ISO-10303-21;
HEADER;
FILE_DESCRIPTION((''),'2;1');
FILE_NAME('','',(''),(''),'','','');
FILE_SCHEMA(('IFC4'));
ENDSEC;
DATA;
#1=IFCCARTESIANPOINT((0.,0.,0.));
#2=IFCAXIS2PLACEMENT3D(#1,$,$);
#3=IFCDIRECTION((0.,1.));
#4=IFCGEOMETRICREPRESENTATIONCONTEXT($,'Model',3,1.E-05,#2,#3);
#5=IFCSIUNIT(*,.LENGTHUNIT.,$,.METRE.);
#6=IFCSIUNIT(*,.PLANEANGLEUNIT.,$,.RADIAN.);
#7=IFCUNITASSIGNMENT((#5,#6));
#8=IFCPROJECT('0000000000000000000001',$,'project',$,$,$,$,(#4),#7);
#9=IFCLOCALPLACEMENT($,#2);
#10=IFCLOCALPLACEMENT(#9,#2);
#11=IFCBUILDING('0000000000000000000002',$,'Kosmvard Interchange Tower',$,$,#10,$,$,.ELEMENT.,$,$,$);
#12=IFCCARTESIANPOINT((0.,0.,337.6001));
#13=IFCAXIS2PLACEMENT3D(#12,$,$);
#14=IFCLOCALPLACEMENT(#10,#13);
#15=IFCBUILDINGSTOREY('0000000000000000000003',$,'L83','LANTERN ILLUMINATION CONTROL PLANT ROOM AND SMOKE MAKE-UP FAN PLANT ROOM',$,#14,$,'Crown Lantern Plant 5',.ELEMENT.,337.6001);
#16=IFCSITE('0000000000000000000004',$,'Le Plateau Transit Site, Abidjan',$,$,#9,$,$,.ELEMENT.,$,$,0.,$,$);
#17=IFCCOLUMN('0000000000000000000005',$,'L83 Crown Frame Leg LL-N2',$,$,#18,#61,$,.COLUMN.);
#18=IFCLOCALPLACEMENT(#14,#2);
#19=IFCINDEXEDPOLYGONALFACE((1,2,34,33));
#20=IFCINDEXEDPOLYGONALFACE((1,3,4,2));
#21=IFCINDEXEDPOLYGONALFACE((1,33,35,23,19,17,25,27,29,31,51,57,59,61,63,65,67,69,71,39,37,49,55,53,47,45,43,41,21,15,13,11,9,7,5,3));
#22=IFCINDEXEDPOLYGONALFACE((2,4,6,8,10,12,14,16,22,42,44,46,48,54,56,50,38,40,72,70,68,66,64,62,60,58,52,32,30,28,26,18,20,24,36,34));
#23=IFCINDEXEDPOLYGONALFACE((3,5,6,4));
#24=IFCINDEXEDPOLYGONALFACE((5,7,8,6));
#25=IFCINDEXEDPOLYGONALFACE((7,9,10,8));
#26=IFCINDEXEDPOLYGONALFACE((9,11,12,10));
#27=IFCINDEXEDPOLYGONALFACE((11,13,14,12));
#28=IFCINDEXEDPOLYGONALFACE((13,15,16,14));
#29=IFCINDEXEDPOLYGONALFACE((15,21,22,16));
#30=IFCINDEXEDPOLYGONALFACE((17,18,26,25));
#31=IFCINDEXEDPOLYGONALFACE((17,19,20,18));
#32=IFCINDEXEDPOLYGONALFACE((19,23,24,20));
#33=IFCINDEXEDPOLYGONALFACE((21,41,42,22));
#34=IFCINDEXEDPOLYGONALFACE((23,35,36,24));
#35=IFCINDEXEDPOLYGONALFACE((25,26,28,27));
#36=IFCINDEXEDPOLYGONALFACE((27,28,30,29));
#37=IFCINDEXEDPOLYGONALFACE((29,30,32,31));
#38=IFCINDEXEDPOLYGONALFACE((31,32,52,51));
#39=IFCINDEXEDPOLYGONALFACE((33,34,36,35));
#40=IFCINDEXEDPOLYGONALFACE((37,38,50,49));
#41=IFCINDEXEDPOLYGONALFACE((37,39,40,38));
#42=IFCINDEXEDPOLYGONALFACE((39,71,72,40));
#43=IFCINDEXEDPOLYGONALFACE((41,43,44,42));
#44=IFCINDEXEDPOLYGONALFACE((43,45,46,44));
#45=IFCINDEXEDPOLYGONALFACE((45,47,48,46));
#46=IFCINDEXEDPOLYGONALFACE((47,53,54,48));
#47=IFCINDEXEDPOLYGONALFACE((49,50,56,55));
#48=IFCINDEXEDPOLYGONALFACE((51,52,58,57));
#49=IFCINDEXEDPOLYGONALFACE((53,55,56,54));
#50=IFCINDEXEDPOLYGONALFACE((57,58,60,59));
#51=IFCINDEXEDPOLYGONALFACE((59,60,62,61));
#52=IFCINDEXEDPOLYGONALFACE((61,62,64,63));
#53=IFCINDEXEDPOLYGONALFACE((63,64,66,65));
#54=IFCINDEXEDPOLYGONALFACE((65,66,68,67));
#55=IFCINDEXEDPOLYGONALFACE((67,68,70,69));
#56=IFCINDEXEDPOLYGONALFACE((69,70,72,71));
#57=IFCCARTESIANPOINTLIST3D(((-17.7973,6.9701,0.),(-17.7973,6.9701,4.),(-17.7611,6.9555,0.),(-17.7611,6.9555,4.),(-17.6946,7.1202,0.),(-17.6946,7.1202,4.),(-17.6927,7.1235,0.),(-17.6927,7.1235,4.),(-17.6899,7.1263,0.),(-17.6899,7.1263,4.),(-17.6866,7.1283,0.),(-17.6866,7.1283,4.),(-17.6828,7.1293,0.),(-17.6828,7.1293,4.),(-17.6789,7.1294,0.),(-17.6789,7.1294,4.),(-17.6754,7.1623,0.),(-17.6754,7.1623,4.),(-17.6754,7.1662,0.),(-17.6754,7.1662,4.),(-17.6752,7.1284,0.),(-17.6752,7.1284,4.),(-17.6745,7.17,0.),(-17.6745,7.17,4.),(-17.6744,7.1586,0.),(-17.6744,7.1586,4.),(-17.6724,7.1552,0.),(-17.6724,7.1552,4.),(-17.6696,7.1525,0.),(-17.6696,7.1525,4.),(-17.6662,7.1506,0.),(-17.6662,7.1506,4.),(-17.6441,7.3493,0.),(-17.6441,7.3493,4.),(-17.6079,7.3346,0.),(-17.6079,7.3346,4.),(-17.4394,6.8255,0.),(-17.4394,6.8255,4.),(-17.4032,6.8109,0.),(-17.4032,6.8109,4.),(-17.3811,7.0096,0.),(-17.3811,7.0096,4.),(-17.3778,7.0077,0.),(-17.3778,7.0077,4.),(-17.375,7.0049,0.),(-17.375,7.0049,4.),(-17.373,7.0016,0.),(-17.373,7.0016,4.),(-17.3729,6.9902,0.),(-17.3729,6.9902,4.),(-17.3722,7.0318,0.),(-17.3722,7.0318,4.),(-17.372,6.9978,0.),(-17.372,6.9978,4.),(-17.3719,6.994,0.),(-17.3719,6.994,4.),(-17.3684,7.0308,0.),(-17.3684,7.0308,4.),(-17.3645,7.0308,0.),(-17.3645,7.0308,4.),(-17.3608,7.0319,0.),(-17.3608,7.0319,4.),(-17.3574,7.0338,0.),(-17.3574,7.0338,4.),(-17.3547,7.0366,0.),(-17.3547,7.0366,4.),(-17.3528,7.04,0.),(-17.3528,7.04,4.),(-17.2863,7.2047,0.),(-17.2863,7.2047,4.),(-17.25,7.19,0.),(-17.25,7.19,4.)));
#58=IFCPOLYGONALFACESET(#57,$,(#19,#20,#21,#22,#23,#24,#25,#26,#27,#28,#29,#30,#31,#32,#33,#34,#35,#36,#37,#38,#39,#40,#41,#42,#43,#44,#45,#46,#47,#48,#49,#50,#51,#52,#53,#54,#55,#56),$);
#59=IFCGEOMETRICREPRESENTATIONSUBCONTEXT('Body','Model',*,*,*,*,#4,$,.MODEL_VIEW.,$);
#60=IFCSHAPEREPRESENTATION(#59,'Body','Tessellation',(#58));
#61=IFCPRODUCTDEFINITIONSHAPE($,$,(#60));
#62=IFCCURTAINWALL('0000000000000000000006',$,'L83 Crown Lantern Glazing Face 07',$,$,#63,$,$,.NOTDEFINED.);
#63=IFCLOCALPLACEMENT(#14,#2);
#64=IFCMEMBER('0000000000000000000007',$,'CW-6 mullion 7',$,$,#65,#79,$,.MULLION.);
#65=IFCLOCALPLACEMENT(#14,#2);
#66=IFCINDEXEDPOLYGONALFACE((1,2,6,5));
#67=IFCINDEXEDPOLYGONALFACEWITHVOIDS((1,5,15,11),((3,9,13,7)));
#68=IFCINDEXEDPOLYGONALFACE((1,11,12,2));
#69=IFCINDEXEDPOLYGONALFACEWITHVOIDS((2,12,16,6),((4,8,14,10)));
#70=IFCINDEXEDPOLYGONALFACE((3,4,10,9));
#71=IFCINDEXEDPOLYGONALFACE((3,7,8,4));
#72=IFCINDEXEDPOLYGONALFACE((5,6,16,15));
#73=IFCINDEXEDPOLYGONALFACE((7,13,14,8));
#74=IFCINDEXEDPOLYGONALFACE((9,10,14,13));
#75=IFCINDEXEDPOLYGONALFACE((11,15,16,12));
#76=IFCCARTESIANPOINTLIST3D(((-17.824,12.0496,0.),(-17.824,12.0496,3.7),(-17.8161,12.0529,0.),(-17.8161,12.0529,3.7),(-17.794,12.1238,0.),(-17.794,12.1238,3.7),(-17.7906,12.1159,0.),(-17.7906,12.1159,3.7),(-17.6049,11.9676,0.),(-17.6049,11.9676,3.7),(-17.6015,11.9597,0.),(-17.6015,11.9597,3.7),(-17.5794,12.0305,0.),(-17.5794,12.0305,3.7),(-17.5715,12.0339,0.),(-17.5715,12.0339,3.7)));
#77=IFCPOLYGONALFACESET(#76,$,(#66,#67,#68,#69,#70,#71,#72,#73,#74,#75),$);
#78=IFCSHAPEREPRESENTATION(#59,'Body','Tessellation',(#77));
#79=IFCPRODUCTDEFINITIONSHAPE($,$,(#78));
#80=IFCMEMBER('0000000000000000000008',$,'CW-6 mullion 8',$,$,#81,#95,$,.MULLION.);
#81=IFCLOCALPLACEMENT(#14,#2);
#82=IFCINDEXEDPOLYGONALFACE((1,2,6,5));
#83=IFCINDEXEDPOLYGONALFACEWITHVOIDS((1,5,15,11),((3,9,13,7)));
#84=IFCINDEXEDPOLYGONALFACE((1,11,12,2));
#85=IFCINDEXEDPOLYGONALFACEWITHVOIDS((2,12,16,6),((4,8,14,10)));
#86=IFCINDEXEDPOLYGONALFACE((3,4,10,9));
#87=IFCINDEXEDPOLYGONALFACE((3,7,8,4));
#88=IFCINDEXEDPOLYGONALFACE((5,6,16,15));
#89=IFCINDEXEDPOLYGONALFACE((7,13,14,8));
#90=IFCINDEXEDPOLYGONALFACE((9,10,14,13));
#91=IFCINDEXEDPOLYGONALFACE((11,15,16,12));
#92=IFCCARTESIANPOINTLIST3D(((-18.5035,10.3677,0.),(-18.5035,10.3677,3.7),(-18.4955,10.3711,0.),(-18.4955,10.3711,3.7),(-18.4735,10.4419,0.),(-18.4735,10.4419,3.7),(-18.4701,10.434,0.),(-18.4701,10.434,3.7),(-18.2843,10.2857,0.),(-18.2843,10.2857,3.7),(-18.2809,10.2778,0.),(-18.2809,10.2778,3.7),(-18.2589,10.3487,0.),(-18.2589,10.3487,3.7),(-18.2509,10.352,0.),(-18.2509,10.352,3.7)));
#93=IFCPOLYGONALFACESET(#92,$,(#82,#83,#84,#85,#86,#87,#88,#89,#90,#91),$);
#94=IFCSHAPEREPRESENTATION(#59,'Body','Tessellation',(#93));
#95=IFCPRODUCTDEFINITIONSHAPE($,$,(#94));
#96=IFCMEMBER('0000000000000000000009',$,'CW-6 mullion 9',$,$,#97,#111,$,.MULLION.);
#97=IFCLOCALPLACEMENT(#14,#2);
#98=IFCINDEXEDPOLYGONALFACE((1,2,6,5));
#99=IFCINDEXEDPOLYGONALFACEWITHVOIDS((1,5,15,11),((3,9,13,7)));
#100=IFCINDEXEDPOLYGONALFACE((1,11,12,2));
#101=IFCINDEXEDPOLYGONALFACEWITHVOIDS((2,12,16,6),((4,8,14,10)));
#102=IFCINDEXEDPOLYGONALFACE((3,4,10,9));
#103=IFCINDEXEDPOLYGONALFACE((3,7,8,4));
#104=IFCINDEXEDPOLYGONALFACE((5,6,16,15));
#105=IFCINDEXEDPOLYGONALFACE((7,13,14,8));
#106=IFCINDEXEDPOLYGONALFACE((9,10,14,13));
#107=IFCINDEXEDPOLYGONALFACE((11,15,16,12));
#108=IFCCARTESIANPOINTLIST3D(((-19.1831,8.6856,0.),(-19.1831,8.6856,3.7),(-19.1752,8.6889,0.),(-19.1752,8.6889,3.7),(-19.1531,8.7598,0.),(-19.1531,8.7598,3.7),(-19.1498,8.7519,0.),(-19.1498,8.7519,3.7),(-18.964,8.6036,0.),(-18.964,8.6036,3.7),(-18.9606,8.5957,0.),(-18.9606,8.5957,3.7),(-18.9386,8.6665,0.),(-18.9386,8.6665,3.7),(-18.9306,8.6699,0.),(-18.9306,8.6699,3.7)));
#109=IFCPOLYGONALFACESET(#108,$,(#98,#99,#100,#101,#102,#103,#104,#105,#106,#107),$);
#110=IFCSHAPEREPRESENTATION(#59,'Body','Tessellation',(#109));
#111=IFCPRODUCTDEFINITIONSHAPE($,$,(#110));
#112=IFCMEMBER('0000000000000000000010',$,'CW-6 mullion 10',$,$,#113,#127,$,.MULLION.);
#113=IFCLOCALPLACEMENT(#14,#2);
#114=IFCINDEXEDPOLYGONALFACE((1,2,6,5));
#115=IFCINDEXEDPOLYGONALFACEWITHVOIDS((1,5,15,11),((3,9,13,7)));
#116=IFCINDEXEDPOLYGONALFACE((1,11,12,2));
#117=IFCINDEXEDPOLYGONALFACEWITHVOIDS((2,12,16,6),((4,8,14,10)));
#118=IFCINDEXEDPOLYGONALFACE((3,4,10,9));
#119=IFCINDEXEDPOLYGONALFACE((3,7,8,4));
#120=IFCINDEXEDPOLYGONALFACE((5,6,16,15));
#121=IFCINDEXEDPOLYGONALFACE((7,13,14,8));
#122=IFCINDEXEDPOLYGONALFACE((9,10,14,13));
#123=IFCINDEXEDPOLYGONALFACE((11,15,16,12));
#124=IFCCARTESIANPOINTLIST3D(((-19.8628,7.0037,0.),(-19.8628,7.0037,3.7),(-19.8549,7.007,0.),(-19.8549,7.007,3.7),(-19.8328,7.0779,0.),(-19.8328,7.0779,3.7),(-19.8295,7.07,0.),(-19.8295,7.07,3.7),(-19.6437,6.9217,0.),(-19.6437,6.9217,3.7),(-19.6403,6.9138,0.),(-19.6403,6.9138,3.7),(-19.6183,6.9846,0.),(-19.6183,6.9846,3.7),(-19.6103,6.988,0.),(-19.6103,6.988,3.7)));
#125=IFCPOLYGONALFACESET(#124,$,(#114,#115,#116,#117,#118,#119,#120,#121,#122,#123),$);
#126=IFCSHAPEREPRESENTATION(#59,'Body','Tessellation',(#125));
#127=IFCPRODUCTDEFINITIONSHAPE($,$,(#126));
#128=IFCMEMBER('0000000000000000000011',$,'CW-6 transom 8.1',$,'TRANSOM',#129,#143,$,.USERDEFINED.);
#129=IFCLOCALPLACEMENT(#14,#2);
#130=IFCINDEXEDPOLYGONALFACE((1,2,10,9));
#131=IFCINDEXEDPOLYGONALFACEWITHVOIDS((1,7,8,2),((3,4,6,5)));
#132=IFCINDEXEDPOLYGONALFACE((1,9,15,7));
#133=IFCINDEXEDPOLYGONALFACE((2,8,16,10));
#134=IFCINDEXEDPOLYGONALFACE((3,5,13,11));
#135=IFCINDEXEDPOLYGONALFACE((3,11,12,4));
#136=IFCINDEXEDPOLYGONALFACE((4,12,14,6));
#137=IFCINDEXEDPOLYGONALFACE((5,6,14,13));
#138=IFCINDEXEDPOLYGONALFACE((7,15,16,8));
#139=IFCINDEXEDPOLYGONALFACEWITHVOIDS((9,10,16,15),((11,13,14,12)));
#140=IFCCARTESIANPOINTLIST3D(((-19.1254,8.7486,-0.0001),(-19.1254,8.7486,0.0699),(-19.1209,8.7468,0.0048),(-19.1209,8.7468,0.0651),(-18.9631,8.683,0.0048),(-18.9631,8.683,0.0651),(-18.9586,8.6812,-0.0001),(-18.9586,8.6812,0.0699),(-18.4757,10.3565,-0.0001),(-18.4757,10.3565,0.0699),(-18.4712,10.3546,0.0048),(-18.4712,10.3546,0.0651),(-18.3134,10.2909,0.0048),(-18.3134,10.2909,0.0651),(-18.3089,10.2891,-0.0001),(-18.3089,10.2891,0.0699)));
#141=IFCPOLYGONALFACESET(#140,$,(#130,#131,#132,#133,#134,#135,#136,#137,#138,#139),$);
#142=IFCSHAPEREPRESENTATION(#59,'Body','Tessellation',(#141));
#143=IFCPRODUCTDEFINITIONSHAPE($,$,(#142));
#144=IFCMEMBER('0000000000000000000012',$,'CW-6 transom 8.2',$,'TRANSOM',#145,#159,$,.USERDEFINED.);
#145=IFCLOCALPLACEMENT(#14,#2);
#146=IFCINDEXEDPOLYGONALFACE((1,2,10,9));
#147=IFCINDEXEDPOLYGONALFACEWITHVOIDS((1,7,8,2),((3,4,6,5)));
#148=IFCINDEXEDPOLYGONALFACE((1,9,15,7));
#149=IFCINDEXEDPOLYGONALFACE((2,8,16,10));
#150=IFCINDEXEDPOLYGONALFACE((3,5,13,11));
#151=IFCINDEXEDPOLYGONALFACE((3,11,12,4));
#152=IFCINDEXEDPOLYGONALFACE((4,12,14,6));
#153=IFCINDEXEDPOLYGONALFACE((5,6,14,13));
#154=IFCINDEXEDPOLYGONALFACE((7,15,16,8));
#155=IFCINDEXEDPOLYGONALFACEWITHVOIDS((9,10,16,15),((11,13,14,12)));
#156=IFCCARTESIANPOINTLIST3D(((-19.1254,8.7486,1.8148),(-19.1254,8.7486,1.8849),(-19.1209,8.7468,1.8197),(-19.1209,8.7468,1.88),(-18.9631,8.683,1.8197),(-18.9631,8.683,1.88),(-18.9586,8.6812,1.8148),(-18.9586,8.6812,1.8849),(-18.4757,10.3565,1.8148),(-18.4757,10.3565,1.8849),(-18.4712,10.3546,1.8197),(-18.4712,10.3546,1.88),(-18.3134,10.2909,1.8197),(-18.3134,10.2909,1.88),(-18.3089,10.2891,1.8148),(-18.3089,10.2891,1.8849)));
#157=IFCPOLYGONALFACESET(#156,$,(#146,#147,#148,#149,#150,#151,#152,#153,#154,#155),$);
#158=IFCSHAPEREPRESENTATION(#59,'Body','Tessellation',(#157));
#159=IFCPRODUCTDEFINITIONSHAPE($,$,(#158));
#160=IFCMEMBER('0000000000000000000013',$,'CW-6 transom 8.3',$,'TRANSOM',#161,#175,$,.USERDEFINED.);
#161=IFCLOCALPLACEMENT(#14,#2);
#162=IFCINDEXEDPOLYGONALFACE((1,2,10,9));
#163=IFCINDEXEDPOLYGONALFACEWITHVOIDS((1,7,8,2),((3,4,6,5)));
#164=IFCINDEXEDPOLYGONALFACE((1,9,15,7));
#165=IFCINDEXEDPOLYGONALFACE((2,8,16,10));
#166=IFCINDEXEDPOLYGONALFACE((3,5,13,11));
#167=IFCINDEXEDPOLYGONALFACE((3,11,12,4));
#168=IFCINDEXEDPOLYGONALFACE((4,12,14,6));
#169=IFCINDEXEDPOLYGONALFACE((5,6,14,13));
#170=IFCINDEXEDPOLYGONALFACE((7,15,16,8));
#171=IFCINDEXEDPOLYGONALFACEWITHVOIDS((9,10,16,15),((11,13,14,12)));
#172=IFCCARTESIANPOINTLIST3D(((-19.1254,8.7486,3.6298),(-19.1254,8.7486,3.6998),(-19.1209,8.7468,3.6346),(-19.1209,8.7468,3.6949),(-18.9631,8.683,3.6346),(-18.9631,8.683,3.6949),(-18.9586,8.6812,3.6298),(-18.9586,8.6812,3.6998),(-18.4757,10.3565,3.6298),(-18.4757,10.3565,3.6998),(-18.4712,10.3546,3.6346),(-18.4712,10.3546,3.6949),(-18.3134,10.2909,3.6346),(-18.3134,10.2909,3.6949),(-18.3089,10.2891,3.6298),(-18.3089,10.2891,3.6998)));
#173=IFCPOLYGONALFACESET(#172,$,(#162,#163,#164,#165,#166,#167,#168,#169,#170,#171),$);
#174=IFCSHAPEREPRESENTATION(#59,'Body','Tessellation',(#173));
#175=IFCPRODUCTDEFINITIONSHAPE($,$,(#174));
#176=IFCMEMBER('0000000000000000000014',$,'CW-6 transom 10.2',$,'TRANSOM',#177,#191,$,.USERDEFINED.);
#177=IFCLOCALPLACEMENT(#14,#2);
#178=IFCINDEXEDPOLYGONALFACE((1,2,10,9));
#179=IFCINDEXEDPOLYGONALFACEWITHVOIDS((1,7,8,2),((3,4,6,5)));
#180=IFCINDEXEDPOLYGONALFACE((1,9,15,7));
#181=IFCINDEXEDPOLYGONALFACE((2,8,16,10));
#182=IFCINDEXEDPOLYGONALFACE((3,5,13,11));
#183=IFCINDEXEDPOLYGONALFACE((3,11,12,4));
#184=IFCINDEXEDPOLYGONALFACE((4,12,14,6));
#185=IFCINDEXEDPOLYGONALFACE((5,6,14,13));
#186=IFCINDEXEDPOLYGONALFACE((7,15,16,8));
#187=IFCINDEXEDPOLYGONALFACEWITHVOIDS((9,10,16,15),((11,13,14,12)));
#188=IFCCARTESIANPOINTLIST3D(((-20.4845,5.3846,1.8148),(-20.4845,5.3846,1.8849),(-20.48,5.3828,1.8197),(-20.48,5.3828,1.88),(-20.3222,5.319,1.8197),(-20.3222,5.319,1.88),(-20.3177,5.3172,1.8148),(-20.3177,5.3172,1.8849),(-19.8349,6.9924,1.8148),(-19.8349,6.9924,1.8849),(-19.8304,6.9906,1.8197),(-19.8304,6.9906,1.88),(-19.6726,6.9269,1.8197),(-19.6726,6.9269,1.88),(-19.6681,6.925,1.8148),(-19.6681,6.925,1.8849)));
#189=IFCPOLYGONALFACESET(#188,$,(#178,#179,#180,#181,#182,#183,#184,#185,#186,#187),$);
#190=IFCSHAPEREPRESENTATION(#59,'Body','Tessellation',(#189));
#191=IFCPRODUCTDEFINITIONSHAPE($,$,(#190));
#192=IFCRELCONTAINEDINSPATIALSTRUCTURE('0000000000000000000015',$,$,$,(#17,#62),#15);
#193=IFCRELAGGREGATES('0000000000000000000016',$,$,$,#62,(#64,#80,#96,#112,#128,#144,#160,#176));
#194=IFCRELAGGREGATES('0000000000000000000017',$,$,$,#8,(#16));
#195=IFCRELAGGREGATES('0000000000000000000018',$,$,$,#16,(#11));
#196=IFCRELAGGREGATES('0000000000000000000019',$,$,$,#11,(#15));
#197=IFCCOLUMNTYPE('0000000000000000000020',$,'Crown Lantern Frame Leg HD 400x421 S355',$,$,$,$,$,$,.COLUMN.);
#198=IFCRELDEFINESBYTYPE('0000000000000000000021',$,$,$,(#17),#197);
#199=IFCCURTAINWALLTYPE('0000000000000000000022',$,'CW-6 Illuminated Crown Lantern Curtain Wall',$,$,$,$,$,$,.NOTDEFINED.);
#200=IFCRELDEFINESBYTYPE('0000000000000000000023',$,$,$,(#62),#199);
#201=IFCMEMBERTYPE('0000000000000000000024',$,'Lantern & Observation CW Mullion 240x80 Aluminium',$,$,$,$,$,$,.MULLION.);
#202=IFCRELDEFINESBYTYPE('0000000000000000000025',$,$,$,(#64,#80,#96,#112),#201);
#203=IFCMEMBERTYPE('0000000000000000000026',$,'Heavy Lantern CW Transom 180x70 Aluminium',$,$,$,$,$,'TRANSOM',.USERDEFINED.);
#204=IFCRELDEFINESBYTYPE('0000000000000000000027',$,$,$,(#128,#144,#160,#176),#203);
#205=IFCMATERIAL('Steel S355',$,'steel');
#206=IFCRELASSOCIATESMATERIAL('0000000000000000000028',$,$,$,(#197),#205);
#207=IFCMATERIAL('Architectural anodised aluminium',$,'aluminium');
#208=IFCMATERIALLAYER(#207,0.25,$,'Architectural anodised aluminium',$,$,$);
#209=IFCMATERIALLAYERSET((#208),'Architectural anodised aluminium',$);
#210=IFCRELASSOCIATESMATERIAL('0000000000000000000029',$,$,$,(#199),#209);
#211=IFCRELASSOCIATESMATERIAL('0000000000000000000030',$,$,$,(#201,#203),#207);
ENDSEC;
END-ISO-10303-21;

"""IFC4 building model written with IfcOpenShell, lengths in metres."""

from ifc_helpers import new_model, si_unit, direction, frame, origin, origin_2d, place, context, subcontext, project, spatial, hollow_rectangle, i_section, extrude, source, transform, mapped, material, layer, layer_set, material_profile, profile_set, type_object, element, aggregate, save


model = new_model("IFC4")

# Units and contexts
model_context = context("Model", 3, precision=1e-05, world=origin(), true_north=direction((0.0, 1.0)))
body_context = subcontext(model_context, "Body", "Model", "MODEL_VIEW")
ifc_project = project(units=[si_unit("LENGTHUNIT", "METRE"), si_unit("PLANEANGLEUNIT", "RADIAN")], contexts=[model_context])

# Site, building, storey
site_placement = place(None, origin())
site = spatial("IfcSite", under=ifc_project, at=site_placement, Name="Le Plateau Transit Site, Abidjan", CompositionType="ELEMENT", RefElevation=0.0)
building_placement = place(site_placement, origin())
building = spatial("IfcBuilding", under=site, at=building_placement, Name="Kosmvard Interchange Tower", CompositionType="ELEMENT")
storey_placement = place(building_placement, frame((0.0, 0.0, 337.6001)))
storey = spatial("IfcBuildingStorey", under=building, at=storey_placement, Name="L83", Description="LANTERN ILLUMINATION CONTROL PLANT ROOM AND SMOKE MAKE-UP FAN PLANT ROOM", LongName="Crown Lantern Plant 5", CompositionType="ELEMENT", Elevation=337.6001)

# Column
ifc_material_1 = material(Name="Steel S355", Category="steel")
ifc_material_profile_1 = material_profile(ifc_material_1, i_section(OverallWidth=0.4089, OverallDepth=0.425, WebThickness=0.0239, FlangeThickness=0.0391, FilletRadius=0.0149, at=origin_2d()), Name="HD 400x421")
ifc_profile_set_1 = profile_set([ifc_material_profile_1], Name="Steel S355")
column_type = type_object("IfcColumnType", Name="Crown Lantern Frame Leg HD 400x421 S355", PredefinedType="COLUMN", material=ifc_profile_set_1)
shared_shape_1 = source(origin(), body_context, "Body", "SweptSolid", [
    extrude(i_section(OverallWidth=0.4089, OverallDepth=0.425, WebThickness=0.0239, FlangeThickness=0.0391, FilletRadius=0.0149, at=origin_2d()), origin(), (0.0, 0.0, 1.0), 4.0),
])
column_placement = place(storey_placement, frame((-17.5237, 7.0801, 0.0), z_axis=(0.0, 0.0, 1.0), x_axis=(0.374607, 0.927184, 0.0)))
element("IfcColumn", 1, at=column_placement, inside=storey, type_object=column_type, Name="L83 Crown Frame Leg LL-N2", PredefinedType="COLUMN", context=body_context, shape_type="MappedRepresentation", body=[
    mapped(shared_shape_1, transform((0.0, 0.0, 0.0), scale=1.0)),
])

# Curtain wall, members
ifc_material_2 = material(Name="Architectural anodised aluminium", Category="aluminium")
ifc_layer_1 = layer(ifc_material_2, 0.25, Name="Architectural anodised aluminium")
ifc_layer_set_1 = layer_set([ifc_layer_1], Name="Architectural anodised aluminium")
curtain_wall_type = type_object("IfcCurtainWallType", Name="CW-6 Illuminated Crown Lantern Curtain Wall", PredefinedType="NOTDEFINED", material=ifc_layer_set_1)
curtain_wall_placement = place(storey_placement, origin())
curtain_wall = element("IfcCurtainWall", 2, at=curtain_wall_placement, inside=storey, type_object=curtain_wall_type, Name="L83 Crown Lantern Glazing Face 07", PredefinedType="NOTDEFINED")
ifc_material_profile_2 = material_profile(ifc_material_2, hollow_rectangle(XDim=0.24, YDim=0.0801, WallThickness=0.0061, at=origin_2d()), Name="CWM 240x80x6")
ifc_profile_set_2 = profile_set([ifc_material_profile_2], Name="Architectural anodised aluminium")
member_type_1 = type_object("IfcMemberType", Name="Lantern & Observation CW Mullion 240x80 Aluminium", PredefinedType="MULLION", material=ifc_profile_set_2)
shared_shape_2 = source(origin(), body_context, "Body", "SweptSolid", [
    extrude(hollow_rectangle(XDim=0.24, YDim=0.0801, WallThickness=0.0061, at=origin_2d()), origin(), (0.0, 0.0, 1.0), 3.7),
])
member_1_placement = place(storey_placement, frame((-17.6978, 12.0417, 0.0), z_axis=(0.0, 0.0, 1.0), x_axis=(0.927184, -0.374607, 0.0)))
member_1 = element("IfcMember", 3, at=member_1_placement, type_object=member_type_1, Name="CW-6 mullion 7", PredefinedType="MULLION", context=body_context, shape_type="MappedRepresentation", body=[
    mapped(shared_shape_2, transform((0.0, 0.0, 0.0), scale=1.0)),
])
member_2_placement = place(storey_placement, frame((-18.3772, 10.3599, 0.0), z_axis=(0.0, 0.0, 1.0), x_axis=(0.927184, -0.374607, 0.0)))
member_2 = element("IfcMember", 4, at=member_2_placement, type_object=member_type_1, Name="CW-6 mullion 8", PredefinedType="MULLION", context=body_context, shape_type="MappedRepresentation", body=[
    mapped(shared_shape_2, transform((0.0, 0.0, 0.0), scale=1.0)),
])
member_3_placement = place(storey_placement, frame((-19.0569, 8.6777, 0.0), z_axis=(0.0, 0.0, 1.0), x_axis=(0.927184, -0.374607, 0.0)))
member_3 = element("IfcMember", 5, at=member_3_placement, type_object=member_type_1, Name="CW-6 mullion 9", PredefinedType="MULLION", context=body_context, shape_type="MappedRepresentation", body=[
    mapped(shared_shape_2, transform((0.0, 0.0, 0.0), scale=1.0)),
])
member_4_placement = place(storey_placement, frame((-19.7366, 6.9958, 0.0), z_axis=(0.0, 0.0, 1.0), x_axis=(0.927184, -0.374607, 0.0)))
member_4 = element("IfcMember", 6, at=member_4_placement, type_object=member_type_1, Name="CW-6 mullion 10", PredefinedType="MULLION", context=body_context, shape_type="MappedRepresentation", body=[
    mapped(shared_shape_2, transform((0.0, 0.0, 0.0), scale=1.0)),
])
ifc_material_profile_3 = material_profile(ifc_material_2, hollow_rectangle(XDim=0.1799, YDim=0.0701, WallThickness=0.0049, at=origin_2d()), Name="CWT 180x70x5")
ifc_profile_set_3 = profile_set([ifc_material_profile_3], Name="Architectural anodised aluminium")
member_type_2 = type_object("IfcMemberType", Name="Heavy Lantern CW Transom 180x70 Aluminium", ElementType="TRANSOM", PredefinedType="USERDEFINED", material=ifc_profile_set_3)
shared_shape_3 = source(origin(), body_context, "Body", "SweptSolid", [
    extrude(hollow_rectangle(XDim=0.1799, YDim=0.0701, WallThickness=0.0049, at=origin_2d()), origin(), (0.0, 0.0, 1.0), 1.7341),
])
member_5_placement = place(storey_placement, frame((-18.3923, 10.3228, 0.0349), z_axis=(-0.374617, -0.92718, 0.0), x_axis=(0.92718, -0.374617, 0.0)))
member_5 = element("IfcMember", 7, at=member_5_placement, type_object=member_type_2, Name="CW-6 transom 8.1", ObjectType="TRANSOM", PredefinedType="USERDEFINED", context=body_context, shape_type="MappedRepresentation", body=[
    mapped(shared_shape_3, transform((0.0, 0.0, 0.0), scale=1.0)),
])
member_6_placement = place(storey_placement, frame((-18.3923, 10.3228, 1.8499), z_axis=(-0.374617, -0.92718, 0.0), x_axis=(0.92718, -0.374617, 0.0)))
member_6 = element("IfcMember", 8, at=member_6_placement, type_object=member_type_2, Name="CW-6 transom 8.2", ObjectType="TRANSOM", PredefinedType="USERDEFINED", context=body_context, shape_type="MappedRepresentation", body=[
    mapped(shared_shape_3, transform((0.0, 0.0, 0.0), scale=1.0)),
])
member_7_placement = place(storey_placement, frame((-18.3923, 10.3228, 3.6648), z_axis=(-0.374617, -0.92718, 0.0), x_axis=(0.92718, -0.374617, 0.0)))
member_7 = element("IfcMember", 9, at=member_7_placement, type_object=member_type_2, Name="CW-6 transom 8.3", ObjectType="TRANSOM", PredefinedType="USERDEFINED", context=body_context, shape_type="MappedRepresentation", body=[
    mapped(shared_shape_3, transform((0.0, 0.0, 0.0), scale=1.0)),
])
member_8_placement = place(storey_placement, frame((-19.7515, 6.9587, 1.8499), z_axis=(-0.374617, -0.92718, 0.0), x_axis=(0.92718, -0.374617, 0.0)))
member_8 = element("IfcMember", 10, at=member_8_placement, type_object=member_type_2, Name="CW-6 transom 10.2", ObjectType="TRANSOM", PredefinedType="USERDEFINED", context=body_context, shape_type="MappedRepresentation", body=[
    mapped(shared_shape_3, transform((0.0, 0.0, 0.0), scale=1.0)),
])
aggregate(curtain_wall, [member_1, member_2, member_3, member_4, member_5, member_6, member_7, member_8])

save(model, "model.ifc")
